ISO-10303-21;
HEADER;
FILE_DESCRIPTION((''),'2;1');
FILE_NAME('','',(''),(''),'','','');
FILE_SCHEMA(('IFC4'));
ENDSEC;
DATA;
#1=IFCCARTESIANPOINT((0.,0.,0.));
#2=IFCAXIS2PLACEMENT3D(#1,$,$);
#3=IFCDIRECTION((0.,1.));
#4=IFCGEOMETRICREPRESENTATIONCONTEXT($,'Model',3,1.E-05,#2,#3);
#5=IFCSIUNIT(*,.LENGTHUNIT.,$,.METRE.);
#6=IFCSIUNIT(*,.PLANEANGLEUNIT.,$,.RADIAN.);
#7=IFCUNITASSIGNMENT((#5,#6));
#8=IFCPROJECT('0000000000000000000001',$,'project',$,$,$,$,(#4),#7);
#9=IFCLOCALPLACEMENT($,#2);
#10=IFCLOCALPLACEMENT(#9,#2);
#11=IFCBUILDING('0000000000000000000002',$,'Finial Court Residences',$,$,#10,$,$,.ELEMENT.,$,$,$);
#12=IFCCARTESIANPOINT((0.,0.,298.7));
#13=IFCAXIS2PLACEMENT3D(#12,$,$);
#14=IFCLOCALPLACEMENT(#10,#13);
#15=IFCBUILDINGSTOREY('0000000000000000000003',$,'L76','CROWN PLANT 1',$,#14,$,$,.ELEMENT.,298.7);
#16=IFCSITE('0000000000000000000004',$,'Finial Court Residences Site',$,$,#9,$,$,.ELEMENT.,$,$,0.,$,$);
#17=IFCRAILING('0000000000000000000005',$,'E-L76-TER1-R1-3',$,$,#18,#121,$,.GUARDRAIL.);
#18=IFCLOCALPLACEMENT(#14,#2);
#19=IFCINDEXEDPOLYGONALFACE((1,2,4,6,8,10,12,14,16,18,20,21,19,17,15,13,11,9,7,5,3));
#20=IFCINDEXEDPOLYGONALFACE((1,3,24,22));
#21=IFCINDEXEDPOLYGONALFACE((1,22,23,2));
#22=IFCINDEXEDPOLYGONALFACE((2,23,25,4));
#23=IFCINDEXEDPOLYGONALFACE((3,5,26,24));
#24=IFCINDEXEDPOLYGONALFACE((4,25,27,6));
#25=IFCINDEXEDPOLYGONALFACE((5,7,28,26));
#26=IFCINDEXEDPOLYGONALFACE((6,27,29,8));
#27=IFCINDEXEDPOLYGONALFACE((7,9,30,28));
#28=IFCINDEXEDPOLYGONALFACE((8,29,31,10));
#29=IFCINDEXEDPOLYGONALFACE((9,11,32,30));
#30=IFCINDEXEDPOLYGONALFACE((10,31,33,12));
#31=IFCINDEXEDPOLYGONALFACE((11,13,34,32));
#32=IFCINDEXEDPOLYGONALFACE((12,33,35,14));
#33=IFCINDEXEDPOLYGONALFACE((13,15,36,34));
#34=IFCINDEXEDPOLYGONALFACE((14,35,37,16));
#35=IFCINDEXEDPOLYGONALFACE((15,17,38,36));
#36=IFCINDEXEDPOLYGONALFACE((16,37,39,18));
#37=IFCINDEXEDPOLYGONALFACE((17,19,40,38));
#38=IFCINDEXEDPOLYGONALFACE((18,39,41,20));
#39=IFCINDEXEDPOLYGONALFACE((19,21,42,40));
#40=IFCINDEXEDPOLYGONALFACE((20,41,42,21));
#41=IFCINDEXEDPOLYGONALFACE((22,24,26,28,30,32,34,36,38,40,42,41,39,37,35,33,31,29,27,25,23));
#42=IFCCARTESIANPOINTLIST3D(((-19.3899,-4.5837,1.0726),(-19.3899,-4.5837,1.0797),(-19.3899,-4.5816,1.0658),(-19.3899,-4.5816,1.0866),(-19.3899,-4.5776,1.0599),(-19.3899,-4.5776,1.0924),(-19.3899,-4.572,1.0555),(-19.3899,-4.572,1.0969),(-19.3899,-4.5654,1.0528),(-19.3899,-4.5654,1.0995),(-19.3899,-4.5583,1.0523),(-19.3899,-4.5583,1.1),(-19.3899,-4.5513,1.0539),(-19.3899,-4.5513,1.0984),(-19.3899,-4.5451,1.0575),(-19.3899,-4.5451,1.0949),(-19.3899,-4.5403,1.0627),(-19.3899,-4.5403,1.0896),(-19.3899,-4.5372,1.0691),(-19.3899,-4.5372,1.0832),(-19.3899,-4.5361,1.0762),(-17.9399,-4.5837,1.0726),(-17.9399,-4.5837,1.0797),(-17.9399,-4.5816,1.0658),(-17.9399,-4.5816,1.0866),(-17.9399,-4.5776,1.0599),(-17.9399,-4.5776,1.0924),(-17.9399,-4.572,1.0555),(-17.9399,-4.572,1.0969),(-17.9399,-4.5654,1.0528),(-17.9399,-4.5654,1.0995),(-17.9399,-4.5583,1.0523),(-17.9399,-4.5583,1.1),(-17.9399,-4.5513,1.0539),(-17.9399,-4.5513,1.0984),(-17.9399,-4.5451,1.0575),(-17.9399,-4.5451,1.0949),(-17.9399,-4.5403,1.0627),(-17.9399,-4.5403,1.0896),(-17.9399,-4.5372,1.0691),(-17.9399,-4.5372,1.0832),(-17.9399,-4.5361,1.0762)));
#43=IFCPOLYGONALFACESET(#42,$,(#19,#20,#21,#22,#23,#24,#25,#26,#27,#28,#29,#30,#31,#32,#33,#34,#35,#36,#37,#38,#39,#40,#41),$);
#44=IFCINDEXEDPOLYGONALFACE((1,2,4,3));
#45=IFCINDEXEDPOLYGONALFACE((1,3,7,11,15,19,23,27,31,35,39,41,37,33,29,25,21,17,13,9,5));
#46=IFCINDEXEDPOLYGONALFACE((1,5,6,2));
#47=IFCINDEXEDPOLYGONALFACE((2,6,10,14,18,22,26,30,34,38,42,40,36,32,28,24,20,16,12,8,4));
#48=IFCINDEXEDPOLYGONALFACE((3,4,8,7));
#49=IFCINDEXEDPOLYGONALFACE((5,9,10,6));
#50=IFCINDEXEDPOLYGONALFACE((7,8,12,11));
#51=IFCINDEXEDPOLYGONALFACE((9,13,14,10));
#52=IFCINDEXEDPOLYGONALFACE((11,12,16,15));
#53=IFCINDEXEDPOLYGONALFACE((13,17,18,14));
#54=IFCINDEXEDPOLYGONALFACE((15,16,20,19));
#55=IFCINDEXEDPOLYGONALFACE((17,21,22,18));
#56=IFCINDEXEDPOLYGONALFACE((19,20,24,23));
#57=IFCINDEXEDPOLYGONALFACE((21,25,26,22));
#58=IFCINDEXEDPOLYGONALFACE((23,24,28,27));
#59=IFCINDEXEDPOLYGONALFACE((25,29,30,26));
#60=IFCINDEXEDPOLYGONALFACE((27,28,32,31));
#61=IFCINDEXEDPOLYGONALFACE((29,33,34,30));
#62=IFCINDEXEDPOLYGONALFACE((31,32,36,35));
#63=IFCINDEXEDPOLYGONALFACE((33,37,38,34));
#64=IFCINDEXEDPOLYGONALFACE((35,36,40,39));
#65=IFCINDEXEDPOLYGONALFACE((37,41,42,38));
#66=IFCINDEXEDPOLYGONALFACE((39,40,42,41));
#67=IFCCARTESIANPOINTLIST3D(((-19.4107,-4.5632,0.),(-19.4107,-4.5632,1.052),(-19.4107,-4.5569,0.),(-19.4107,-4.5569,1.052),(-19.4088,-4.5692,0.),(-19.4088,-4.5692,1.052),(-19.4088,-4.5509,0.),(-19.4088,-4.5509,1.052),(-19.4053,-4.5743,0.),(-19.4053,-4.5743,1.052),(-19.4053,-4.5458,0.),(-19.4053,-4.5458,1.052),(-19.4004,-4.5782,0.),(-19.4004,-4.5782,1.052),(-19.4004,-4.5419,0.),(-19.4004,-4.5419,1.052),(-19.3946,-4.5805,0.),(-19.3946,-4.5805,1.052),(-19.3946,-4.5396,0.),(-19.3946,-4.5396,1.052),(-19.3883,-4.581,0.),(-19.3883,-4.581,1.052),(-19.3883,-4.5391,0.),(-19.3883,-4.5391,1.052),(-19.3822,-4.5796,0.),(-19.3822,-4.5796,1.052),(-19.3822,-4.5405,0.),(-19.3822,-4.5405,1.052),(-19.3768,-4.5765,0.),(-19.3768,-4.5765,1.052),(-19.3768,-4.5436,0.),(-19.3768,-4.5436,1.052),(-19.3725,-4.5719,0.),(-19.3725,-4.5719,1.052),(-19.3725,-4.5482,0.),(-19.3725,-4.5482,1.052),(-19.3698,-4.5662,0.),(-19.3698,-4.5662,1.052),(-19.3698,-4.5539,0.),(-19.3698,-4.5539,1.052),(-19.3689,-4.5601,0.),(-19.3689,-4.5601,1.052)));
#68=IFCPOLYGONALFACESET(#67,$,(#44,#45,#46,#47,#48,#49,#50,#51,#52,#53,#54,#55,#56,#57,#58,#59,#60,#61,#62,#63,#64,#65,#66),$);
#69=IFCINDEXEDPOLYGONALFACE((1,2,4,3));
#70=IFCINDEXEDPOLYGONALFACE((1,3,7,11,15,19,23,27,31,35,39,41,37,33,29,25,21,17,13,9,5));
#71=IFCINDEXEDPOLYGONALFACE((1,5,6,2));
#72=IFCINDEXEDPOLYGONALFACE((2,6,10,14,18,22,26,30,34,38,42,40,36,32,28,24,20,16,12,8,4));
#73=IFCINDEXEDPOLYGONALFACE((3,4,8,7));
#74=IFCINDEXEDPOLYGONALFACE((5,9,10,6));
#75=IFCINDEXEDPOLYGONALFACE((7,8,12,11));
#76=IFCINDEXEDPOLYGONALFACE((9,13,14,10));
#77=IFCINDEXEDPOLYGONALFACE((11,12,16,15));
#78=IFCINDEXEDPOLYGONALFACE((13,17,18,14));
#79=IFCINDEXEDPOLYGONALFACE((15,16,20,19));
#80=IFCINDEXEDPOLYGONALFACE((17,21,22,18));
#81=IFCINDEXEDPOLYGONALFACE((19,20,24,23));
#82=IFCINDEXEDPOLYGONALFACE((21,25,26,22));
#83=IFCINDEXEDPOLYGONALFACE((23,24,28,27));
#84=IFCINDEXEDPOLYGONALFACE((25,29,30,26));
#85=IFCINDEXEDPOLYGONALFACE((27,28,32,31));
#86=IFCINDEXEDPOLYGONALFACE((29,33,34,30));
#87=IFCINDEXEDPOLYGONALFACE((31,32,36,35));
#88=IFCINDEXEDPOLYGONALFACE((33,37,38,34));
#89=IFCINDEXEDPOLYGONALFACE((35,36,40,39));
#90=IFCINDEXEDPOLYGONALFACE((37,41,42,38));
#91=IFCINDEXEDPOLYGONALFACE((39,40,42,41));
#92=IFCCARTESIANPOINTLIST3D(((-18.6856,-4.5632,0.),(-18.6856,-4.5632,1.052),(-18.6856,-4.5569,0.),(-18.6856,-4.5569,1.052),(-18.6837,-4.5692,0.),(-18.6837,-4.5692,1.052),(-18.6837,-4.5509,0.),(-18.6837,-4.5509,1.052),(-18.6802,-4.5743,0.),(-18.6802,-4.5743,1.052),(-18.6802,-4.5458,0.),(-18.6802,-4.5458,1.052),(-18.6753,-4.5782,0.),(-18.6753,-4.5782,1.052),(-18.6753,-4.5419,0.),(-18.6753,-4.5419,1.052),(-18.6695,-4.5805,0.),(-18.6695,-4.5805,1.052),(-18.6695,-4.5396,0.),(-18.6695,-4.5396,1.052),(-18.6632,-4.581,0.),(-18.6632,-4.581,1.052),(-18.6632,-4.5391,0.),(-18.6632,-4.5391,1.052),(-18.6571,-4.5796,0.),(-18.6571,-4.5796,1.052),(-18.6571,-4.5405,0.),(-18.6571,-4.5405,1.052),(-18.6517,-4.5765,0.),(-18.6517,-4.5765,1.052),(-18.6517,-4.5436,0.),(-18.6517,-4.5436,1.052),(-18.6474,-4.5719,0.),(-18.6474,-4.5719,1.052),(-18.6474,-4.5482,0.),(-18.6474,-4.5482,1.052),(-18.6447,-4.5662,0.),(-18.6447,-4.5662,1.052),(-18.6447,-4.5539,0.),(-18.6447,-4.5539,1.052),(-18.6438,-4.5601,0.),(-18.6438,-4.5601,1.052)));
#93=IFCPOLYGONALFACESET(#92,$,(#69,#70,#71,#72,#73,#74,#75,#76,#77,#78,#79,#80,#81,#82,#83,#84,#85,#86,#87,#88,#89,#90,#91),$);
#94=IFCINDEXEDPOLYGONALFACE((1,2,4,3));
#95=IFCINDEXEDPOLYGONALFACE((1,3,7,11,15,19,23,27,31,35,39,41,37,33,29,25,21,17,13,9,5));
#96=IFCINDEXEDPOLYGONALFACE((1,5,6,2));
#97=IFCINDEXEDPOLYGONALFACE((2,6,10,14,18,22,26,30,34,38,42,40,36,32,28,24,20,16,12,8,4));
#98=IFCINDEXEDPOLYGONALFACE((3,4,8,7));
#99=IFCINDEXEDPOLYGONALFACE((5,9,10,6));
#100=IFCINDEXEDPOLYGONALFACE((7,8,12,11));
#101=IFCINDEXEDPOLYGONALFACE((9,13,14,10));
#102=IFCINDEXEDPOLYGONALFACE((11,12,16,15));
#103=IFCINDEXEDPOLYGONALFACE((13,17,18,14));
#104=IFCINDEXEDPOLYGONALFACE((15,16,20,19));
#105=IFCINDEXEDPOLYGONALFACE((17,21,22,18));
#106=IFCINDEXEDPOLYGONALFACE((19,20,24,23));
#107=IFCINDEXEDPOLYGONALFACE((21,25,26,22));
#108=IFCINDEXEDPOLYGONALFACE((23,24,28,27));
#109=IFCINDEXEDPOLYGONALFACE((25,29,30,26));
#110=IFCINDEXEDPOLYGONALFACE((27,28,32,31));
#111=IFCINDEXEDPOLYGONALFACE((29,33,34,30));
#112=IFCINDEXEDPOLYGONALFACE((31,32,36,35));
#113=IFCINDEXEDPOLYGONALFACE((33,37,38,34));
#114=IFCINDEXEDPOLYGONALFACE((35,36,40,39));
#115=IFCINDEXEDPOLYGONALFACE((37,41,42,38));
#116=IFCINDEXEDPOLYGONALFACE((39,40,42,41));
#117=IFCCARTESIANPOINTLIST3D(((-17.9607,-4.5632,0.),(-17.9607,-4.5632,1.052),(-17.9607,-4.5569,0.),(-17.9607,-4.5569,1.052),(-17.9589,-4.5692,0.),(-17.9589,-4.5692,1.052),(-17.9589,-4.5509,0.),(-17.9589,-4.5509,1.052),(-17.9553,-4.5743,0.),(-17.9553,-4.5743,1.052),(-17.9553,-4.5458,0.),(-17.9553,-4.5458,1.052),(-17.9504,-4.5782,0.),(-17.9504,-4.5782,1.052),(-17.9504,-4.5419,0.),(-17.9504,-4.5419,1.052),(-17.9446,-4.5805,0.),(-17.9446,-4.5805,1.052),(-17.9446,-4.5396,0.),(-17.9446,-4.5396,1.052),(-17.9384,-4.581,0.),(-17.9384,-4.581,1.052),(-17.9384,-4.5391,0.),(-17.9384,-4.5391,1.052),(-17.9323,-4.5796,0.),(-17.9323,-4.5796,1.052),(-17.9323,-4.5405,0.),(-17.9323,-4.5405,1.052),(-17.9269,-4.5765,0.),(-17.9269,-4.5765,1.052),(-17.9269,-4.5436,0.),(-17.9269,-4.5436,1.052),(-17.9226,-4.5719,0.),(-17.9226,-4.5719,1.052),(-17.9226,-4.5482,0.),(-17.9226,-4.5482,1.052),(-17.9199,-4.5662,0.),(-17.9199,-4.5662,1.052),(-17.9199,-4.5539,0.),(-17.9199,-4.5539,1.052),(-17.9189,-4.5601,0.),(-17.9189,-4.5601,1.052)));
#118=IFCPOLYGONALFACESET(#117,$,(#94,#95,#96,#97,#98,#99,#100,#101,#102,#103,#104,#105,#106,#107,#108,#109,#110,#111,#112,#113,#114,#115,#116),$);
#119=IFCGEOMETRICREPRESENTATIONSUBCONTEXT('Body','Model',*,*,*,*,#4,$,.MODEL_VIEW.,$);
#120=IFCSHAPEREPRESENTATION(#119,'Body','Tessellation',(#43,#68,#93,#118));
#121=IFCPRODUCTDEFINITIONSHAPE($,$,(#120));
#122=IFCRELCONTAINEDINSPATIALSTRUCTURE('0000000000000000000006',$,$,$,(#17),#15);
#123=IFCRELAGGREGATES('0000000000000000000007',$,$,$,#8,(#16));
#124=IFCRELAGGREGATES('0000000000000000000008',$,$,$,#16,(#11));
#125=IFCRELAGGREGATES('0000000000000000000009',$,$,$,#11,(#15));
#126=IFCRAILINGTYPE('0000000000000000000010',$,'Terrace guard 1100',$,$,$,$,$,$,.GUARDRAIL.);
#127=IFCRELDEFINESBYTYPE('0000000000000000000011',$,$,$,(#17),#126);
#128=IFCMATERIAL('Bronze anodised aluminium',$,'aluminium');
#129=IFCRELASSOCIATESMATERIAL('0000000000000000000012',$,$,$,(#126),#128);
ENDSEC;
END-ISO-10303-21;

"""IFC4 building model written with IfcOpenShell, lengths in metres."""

from ifc_helpers import new_model, si_unit, direction, frame, origin, origin_2d, place, context, subcontext, project, spatial, circle, extrude, material, type_object, element, save


model = new_model("IFC4")

# Units and contexts
model_context = context("Model", 3, precision=1e-05, world=origin(), true_north=direction((0.0, 1.0)))
body_context = subcontext(model_context, "Body", "Model", "MODEL_VIEW")
ifc_project = project(units=[si_unit("LENGTHUNIT", "METRE"), si_unit("PLANEANGLEUNIT", "RADIAN")], contexts=[model_context])

# Site, building, storey
site_placement = place(None, origin())
site = spatial("IfcSite", under=ifc_project, at=site_placement, Name="Finial Court Residences Site", CompositionType="ELEMENT", RefElevation=0.0)
building_placement = place(site_placement, origin())
building = spatial("IfcBuilding", under=site, at=building_placement, Name="Finial Court Residences", CompositionType="ELEMENT")
storey_placement = place(building_placement, frame((0.0, 0.0, 298.7)))
storey = spatial("IfcBuildingStorey", under=building, at=storey_placement, Name="L76", Description="CROWN PLANT 1", CompositionType="ELEMENT", Elevation=298.7)

# Shared definitions
ifc_material_1 = material(Name="Bronze anodised aluminium", Category="aluminium")

# Railing
railing_type = type_object("IfcRailingType", Name="Terrace guard 1100", PredefinedType="GUARDRAIL", material=ifc_material_1)
railing_1_placement = place(storey_placement, frame((-19.3899, -4.5601, 0.0)))
element("IfcRailing", 1, at=railing_1_placement, inside=storey, type_object=railing_type, Name="E-L76-TER1-R1-3", PredefinedType="GUARDRAIL", context=body_context, shape_type="SweptSolid", body=[
    extrude(circle(Radius=0.0239, at=origin_2d()), frame((0.0, 0.0, 1.0762), z_axis=(1.0, 0.0, 0.0), x_axis=(0.0, 1.0, 0.0)), (0.0, 0.0, 1.0), 1.45),
    extrude(circle(Radius=0.021, at=origin_2d()), origin(), (0.0, 0.0, 1.0), 1.052),
    extrude(circle(Radius=0.021, at=origin_2d()), frame((0.7251, 0.0, 0.0)), (0.0, 0.0, 1.0), 1.052),
    extrude(circle(Radius=0.021, at=origin_2d()), frame((1.45, 0.0, 0.0)), (0.0, 0.0, 1.0), 1.052),
])

save(model, "model.ifc")
